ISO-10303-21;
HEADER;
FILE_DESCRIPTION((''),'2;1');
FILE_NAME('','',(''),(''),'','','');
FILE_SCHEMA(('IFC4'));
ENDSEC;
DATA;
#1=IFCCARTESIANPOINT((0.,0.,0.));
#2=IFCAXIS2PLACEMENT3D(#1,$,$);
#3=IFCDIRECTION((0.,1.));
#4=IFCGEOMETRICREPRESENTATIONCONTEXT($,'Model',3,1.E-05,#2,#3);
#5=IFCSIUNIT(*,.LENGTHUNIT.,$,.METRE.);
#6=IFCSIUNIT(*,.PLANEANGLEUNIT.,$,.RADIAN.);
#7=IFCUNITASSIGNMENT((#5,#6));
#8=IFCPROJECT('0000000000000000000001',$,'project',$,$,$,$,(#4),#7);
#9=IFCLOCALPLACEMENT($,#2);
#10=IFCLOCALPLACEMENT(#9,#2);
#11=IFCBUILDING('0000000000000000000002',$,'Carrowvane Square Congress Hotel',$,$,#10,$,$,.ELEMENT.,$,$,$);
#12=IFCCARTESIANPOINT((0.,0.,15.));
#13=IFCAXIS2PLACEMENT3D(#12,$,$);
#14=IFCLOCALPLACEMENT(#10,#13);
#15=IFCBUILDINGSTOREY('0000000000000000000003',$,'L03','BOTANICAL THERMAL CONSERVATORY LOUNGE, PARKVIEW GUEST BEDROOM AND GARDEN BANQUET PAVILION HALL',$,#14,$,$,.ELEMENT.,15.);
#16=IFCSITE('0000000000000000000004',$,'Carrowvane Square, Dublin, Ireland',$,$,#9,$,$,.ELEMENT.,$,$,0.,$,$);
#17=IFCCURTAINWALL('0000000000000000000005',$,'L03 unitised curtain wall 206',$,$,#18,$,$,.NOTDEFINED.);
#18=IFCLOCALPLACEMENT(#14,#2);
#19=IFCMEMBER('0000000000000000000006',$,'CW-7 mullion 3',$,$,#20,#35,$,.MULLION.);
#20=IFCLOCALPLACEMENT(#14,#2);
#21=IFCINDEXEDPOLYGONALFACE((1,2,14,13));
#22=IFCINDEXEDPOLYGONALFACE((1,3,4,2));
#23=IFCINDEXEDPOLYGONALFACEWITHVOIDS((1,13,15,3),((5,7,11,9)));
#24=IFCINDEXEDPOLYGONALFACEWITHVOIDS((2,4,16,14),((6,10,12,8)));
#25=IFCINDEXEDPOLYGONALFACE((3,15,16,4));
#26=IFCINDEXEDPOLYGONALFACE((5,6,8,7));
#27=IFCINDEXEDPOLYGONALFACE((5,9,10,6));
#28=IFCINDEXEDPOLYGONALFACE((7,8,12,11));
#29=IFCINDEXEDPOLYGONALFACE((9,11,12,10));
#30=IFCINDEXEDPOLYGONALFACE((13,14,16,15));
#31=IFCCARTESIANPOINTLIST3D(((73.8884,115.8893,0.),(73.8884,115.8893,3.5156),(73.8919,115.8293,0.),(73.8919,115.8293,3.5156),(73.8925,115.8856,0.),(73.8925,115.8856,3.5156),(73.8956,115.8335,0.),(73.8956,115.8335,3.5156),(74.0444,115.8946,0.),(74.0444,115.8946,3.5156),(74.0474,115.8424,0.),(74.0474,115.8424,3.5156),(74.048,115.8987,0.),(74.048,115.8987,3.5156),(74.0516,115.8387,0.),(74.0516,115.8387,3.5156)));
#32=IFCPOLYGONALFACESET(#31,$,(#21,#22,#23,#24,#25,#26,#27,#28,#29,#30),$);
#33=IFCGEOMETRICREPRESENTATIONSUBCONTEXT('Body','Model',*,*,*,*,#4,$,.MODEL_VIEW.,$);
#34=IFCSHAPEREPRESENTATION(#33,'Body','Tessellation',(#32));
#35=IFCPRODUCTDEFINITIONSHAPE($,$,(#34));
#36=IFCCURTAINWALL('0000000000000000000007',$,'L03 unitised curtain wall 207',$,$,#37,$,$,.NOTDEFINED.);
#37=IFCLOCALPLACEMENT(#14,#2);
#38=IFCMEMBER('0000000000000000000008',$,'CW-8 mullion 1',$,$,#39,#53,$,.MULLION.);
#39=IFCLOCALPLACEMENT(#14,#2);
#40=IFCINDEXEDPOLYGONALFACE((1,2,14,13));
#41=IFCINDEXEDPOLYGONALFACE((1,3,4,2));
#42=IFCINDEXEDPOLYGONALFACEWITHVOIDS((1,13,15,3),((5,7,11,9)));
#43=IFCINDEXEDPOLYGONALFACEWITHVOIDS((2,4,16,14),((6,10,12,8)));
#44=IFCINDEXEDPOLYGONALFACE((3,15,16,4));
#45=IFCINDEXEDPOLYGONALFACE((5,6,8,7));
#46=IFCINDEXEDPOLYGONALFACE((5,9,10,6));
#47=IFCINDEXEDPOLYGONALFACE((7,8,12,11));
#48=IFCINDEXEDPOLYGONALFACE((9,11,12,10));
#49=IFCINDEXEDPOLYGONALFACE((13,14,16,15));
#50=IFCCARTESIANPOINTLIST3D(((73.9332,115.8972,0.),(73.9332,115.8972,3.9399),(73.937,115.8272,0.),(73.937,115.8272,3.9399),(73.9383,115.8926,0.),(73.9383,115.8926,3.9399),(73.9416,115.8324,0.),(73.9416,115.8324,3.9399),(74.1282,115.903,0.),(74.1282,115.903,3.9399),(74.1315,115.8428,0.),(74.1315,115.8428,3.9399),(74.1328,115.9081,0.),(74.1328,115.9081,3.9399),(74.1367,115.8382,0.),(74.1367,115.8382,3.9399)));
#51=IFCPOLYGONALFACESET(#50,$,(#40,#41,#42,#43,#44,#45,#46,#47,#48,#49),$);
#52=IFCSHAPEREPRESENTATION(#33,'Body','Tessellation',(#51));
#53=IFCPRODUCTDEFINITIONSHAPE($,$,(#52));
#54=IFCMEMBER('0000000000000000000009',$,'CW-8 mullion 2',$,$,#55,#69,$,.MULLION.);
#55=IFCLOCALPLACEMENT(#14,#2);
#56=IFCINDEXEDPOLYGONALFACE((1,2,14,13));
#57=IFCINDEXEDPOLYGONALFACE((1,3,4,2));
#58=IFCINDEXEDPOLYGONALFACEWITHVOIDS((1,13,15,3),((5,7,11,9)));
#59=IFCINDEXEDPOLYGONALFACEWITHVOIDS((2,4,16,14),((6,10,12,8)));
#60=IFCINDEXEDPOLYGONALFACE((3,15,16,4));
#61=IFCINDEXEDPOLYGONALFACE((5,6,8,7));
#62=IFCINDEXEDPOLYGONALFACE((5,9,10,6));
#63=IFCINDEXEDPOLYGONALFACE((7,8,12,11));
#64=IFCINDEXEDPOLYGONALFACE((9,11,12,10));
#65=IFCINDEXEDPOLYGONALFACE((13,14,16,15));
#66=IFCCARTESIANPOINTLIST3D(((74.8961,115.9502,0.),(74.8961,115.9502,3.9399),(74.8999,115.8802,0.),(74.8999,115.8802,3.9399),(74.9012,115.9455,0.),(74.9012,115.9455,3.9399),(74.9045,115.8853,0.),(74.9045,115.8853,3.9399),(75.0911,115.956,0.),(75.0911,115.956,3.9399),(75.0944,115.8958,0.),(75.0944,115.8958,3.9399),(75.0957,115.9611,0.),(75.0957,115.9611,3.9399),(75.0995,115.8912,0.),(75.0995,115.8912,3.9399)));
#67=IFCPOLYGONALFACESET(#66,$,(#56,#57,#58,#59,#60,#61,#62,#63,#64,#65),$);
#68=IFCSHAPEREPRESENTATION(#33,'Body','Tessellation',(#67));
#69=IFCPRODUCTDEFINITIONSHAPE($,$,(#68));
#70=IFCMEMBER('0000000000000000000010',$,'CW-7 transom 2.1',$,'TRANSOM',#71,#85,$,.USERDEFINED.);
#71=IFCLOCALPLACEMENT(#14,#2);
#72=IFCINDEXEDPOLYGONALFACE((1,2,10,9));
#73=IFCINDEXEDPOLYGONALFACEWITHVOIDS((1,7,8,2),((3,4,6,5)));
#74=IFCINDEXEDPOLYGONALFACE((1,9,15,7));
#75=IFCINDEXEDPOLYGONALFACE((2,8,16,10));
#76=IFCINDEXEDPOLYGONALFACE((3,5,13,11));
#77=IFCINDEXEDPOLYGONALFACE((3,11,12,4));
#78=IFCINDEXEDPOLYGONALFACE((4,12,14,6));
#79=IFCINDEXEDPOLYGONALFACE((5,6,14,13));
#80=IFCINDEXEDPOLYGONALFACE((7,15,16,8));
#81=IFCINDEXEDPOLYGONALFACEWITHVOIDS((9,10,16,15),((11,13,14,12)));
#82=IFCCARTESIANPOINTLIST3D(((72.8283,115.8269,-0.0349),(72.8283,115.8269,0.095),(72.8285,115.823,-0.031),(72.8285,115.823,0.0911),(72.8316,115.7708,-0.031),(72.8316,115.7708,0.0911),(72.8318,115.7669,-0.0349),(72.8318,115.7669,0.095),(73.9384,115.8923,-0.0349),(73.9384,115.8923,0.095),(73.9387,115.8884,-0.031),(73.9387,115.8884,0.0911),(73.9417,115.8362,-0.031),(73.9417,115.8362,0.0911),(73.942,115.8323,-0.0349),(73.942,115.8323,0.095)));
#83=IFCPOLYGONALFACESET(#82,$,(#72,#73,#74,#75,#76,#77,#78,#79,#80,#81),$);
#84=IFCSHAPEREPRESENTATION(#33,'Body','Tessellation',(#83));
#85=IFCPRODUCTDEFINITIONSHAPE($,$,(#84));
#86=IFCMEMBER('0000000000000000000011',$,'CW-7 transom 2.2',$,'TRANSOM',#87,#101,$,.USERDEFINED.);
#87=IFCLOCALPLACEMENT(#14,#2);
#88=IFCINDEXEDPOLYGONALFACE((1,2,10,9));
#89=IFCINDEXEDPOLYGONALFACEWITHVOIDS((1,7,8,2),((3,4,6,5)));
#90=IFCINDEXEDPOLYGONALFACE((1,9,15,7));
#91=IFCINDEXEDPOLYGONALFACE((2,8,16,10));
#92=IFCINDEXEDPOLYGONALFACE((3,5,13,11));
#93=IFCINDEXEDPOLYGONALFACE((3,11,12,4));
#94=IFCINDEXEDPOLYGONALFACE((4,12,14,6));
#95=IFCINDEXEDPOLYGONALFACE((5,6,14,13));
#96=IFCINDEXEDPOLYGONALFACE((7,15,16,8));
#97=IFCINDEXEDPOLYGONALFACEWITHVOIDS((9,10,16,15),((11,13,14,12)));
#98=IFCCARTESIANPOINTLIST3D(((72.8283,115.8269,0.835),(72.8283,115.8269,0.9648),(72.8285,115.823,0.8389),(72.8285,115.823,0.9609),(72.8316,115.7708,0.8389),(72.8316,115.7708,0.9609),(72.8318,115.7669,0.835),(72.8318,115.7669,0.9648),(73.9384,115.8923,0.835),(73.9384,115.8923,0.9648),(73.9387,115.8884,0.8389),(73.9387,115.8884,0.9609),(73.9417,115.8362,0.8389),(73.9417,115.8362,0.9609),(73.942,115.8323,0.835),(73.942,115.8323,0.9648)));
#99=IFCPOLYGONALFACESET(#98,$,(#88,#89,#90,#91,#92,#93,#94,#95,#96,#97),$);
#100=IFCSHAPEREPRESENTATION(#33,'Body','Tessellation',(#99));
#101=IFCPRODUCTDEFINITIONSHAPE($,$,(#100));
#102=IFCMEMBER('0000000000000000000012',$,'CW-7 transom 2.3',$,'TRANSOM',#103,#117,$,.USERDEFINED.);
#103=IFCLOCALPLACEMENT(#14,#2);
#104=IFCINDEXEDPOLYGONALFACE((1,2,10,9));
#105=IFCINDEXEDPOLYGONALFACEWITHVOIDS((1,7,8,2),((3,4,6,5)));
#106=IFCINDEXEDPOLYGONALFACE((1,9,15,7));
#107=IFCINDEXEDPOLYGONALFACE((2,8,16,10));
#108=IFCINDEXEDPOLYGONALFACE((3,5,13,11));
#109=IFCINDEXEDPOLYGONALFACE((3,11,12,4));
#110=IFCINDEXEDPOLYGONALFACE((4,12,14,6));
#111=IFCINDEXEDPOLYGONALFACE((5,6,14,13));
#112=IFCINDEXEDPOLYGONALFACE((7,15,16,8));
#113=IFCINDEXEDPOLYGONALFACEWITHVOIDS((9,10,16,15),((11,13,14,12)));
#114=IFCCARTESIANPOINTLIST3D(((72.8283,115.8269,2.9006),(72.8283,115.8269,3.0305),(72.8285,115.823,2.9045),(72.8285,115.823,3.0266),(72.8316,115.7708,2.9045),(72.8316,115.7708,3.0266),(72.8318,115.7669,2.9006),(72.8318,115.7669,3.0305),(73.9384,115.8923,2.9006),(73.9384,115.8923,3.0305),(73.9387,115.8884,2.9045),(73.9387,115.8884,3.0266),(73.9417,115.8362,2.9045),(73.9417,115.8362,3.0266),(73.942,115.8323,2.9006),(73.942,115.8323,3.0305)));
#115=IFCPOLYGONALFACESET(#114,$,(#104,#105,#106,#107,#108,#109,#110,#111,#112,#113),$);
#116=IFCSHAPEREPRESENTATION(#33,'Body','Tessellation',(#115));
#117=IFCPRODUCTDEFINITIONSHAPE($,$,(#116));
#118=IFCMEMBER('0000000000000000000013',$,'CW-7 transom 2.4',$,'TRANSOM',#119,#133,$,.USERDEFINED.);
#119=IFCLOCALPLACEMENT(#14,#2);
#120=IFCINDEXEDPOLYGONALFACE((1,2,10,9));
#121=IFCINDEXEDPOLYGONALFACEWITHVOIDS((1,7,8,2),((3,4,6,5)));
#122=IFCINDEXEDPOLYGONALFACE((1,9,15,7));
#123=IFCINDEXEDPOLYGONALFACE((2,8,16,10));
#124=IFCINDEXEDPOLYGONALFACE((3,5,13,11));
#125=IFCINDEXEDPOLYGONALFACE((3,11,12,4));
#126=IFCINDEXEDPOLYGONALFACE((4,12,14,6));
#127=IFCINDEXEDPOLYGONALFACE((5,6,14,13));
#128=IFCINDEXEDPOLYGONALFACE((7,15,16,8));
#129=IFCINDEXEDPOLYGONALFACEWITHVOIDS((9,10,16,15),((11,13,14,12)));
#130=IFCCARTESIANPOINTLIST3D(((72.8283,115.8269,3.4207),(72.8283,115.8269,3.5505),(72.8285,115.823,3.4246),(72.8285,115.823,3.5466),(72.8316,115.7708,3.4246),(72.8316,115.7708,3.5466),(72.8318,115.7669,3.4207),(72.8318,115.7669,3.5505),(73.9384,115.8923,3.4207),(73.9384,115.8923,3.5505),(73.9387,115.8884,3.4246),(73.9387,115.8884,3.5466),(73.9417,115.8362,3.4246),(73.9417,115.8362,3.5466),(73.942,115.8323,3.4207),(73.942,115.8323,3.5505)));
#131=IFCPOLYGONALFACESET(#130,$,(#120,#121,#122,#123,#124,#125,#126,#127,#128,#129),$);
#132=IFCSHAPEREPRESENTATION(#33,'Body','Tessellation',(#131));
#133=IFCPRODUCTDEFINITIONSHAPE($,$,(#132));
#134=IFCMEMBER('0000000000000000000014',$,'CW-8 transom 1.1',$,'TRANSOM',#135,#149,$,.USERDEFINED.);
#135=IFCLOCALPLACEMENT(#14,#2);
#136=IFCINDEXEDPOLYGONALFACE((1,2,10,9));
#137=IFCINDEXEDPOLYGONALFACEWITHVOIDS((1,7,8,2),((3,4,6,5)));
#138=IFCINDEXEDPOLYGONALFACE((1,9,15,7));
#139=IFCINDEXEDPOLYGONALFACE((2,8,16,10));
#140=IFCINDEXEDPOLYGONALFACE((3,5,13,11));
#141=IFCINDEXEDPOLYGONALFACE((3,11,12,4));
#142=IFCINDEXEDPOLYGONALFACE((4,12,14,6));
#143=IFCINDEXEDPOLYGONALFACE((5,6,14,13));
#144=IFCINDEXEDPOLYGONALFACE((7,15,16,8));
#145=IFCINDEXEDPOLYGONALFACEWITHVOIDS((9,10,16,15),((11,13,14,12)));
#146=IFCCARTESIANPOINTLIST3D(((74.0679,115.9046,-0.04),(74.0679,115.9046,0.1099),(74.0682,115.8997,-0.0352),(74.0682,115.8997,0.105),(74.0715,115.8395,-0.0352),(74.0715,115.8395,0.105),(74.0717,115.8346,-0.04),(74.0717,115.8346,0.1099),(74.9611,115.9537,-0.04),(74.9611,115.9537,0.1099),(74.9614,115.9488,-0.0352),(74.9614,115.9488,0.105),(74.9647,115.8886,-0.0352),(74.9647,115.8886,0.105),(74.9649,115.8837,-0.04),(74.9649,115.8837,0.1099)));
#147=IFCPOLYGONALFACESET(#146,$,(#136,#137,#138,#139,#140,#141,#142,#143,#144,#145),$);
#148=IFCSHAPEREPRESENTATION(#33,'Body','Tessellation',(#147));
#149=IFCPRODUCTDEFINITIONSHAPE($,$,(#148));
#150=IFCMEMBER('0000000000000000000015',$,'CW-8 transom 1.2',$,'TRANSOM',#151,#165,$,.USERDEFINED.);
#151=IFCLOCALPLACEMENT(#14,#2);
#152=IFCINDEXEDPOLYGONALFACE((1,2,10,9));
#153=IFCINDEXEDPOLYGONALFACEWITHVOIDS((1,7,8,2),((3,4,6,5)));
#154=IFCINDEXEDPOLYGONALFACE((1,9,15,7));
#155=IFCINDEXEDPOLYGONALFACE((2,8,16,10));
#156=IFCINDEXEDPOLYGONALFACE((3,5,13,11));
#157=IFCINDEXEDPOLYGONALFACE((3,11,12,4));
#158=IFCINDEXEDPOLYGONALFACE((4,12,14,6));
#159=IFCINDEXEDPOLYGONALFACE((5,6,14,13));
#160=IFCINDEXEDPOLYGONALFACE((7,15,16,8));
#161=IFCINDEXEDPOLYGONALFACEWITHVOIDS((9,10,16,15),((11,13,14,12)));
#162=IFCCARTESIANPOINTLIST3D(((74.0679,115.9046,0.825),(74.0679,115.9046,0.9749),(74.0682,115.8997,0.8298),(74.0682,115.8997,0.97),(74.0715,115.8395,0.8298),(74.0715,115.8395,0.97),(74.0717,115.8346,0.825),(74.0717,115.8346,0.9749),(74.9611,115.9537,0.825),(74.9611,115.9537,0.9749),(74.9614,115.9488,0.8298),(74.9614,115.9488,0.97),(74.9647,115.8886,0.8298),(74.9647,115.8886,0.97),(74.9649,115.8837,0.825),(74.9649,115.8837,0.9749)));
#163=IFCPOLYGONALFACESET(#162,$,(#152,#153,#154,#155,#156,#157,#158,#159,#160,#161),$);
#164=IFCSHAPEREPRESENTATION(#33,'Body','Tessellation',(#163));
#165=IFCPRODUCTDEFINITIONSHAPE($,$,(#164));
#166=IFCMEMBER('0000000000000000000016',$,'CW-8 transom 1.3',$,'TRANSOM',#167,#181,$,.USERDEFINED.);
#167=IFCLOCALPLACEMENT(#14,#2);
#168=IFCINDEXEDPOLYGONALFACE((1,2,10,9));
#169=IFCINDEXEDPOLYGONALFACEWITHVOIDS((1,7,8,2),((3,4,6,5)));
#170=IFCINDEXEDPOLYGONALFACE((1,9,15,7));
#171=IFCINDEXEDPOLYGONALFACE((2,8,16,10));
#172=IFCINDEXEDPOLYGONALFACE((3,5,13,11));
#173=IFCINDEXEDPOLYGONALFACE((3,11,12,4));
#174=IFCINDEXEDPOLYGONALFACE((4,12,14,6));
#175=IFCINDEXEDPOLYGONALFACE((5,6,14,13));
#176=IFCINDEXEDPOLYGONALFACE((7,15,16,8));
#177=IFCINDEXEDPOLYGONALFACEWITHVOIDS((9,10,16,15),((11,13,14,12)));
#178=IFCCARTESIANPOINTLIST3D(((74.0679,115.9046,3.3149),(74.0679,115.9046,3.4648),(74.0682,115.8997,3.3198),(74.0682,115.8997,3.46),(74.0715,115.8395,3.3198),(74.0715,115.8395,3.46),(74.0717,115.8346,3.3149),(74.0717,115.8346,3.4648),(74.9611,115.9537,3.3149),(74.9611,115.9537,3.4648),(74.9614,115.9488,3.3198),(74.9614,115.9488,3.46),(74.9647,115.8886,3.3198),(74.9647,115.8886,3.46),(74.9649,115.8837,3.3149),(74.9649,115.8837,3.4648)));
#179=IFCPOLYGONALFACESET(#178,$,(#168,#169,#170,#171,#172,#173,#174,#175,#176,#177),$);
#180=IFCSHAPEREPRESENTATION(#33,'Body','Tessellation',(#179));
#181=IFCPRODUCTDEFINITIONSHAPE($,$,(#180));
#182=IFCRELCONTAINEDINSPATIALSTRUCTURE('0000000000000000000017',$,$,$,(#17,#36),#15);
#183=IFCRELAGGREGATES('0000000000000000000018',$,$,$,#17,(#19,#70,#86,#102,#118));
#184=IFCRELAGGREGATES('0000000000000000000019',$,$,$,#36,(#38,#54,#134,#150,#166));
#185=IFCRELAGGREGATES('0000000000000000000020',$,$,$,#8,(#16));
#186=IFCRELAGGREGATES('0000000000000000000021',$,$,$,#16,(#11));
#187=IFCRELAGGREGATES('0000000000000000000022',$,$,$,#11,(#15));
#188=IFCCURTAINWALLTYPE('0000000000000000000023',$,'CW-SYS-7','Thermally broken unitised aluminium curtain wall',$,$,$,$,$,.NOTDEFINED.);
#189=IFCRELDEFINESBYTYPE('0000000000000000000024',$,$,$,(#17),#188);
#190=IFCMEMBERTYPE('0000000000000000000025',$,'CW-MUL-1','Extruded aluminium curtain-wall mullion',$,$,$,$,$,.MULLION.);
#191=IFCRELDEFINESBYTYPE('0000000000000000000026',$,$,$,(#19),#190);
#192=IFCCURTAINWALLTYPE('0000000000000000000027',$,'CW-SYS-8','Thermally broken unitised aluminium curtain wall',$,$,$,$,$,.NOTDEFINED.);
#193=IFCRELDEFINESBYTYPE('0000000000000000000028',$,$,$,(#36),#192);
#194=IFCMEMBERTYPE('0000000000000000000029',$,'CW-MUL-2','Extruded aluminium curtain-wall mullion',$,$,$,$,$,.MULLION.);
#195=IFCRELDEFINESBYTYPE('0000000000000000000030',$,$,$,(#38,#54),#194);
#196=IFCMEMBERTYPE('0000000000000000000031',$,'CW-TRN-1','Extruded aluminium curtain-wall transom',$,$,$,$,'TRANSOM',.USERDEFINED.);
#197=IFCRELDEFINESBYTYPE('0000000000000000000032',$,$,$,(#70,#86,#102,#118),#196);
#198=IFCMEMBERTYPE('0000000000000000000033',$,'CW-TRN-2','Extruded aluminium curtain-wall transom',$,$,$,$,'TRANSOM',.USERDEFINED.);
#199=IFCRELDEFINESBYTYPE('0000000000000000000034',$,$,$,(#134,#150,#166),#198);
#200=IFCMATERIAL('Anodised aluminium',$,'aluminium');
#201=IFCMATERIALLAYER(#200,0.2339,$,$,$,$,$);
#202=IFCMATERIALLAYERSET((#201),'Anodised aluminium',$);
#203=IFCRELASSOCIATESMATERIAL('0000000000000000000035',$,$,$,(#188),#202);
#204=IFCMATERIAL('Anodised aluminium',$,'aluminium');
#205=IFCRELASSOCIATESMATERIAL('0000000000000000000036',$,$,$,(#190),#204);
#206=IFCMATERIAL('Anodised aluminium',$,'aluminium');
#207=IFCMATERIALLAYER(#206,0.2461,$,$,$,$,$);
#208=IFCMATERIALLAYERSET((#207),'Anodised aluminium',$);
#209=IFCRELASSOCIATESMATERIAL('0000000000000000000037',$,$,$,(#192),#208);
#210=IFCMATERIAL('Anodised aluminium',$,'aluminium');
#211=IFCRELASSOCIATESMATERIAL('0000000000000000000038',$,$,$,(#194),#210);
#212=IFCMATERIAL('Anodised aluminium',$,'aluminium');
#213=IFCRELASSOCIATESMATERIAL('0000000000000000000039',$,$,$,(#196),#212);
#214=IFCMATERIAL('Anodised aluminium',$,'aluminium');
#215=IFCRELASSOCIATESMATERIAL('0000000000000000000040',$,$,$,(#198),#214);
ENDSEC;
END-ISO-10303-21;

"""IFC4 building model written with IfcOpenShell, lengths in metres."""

from ifc_helpers import new_model, si_unit, direction, frame, origin, origin_2d, place, context, subcontext, project, spatial, hollow_rectangle, extrude, material, layer, layer_set, material_profile, profile_set, type_object, element, aggregate, save


model = new_model("IFC4")

# Units and contexts
model_context = context("Model", 3, precision=1e-05, world=origin(), true_north=direction((0.0, 1.0)))
body_context = subcontext(model_context, "Body", "Model", "MODEL_VIEW")
ifc_project = project(units=[si_unit("LENGTHUNIT", "METRE"), si_unit("PLANEANGLEUNIT", "RADIAN")], contexts=[model_context])

# Site, building, storey
site_placement = place(None, origin())
site = spatial("IfcSite", under=ifc_project, at=site_placement, Name="Carrowvane Square, Dublin, Ireland", CompositionType="ELEMENT", RefElevation=0.0)
building_placement = place(site_placement, origin())
building = spatial("IfcBuilding", under=site, at=building_placement, Name="Carrowvane Square Congress Hotel", CompositionType="ELEMENT")
storey_placement = place(building_placement, frame((0.0, 0.0, 15.0)))
storey = spatial("IfcBuildingStorey", under=building, at=storey_placement, Name="L03", Description="BOTANICAL THERMAL CONSERVATORY LOUNGE, PARKVIEW GUEST BEDROOM AND GARDEN BANQUET PAVILION HALL", CompositionType="ELEMENT", Elevation=15.0)

# Curtain wall, member
ifc_material_1 = material(Name="Anodised aluminium", Category="aluminium")
ifc_layer_1 = layer(ifc_material_1, 0.2339)
ifc_layer_set_1 = layer_set([ifc_layer_1], Name="Anodised aluminium")
curtain_wall_type_1 = type_object("IfcCurtainWallType", Name="CW-SYS-7", Description="Thermally broken unitised aluminium curtain wall", PredefinedType="NOTDEFINED", material=ifc_layer_set_1)
curtain_wall_1_placement = place(storey_placement, origin())
curtain_wall_1 = element("IfcCurtainWall", 1, at=curtain_wall_1_placement, inside=storey, type_object=curtain_wall_type_1, Name="L03 unitised curtain wall 206", PredefinedType="NOTDEFINED")
ifc_material_2 = material(Name="Anodised aluminium", Category="aluminium")
ifc_material_profile_1 = material_profile(ifc_material_2, hollow_rectangle(XDim=0.0601, YDim=0.1599, WallThickness=0.0039, at=origin_2d()), Name="CW-ML 60x160x4")
ifc_profile_set_1 = profile_set([ifc_material_profile_1], Name="Anodised aluminium")
member_type_1 = type_object("IfcMemberType", Name="CW-MUL-1", Description="Extruded aluminium curtain-wall mullion", PredefinedType="MULLION", material=ifc_profile_set_1)
member_1_placement = place(storey_placement, frame((73.97, 115.864, 0.0), z_axis=(0.0, 0.0, 1.0), x_axis=(-0.058851, 0.998267, 0.0)))
member_1 = element("IfcMember", 2, at=member_1_placement, type_object=member_type_1, Name="CW-7 mullion 3", PredefinedType="MULLION", context=body_context, shape_type="SweptSolid", body=[
    extrude(hollow_rectangle(XDim=0.0601, YDim=0.1599, WallThickness=0.0039, at=origin_2d()), origin(), (0.0, 0.0, 1.0), 3.5156),
])

# Curtain wall, members
ifc_material_3 = material(Name="Anodised aluminium", Category="aluminium")
ifc_layer_2 = layer(ifc_material_3, 0.2461)
ifc_layer_set_2 = layer_set([ifc_layer_2], Name="Anodised aluminium")
curtain_wall_type_2 = type_object("IfcCurtainWallType", Name="CW-SYS-8", Description="Thermally broken unitised aluminium curtain wall", PredefinedType="NOTDEFINED", material=ifc_layer_set_2)
curtain_wall_2_placement = place(storey_placement, origin())
curtain_wall_2 = element("IfcCurtainWall", 3, at=curtain_wall_2_placement, inside=storey, type_object=curtain_wall_type_2, Name="L03 unitised curtain wall 207", PredefinedType="NOTDEFINED")
ifc_material_4 = material(Name="Anodised aluminium", Category="aluminium")
ifc_material_profile_2 = material_profile(ifc_material_4, hollow_rectangle(XDim=0.0701, YDim=0.2, WallThickness=0.0049, at=origin_2d()), Name="CW-ML 70x200x5")
ifc_profile_set_2 = profile_set([ifc_material_profile_2], Name="Anodised aluminium")
member_type_2 = type_object("IfcMemberType", Name="CW-MUL-2", Description="Extruded aluminium curtain-wall mullion", PredefinedType="MULLION", material=ifc_profile_set_2)
member_2_placement = place(storey_placement, frame((74.0349, 115.8677, 0.0), z_axis=(0.0, 0.0, 1.0), x_axis=(-0.054816, 0.998496, 0.0)))
member_2 = element("IfcMember", 4, at=member_2_placement, type_object=member_type_2, Name="CW-8 mullion 1", PredefinedType="MULLION", context=body_context, shape_type="SweptSolid", body=[
    extrude(hollow_rectangle(XDim=0.0701, YDim=0.2, WallThickness=0.0049, at=origin_2d()), origin(), (0.0, 0.0, 1.0), 3.9399),
])
member_3_placement = place(storey_placement, frame((74.9978, 115.9207, 0.0), z_axis=(0.0, 0.0, 1.0), x_axis=(-0.054816, 0.998496, 0.0)))
member_3 = element("IfcMember", 5, at=member_3_placement, type_object=member_type_2, Name="CW-8 mullion 2", PredefinedType="MULLION", context=body_context, shape_type="SweptSolid", body=[
    extrude(hollow_rectangle(XDim=0.0701, YDim=0.2, WallThickness=0.0049, at=origin_2d()), origin(), (0.0, 0.0, 1.0), 3.9399),
])

# Members
ifc_material_5 = material(Name="Anodised aluminium", Category="aluminium")
ifc_material_profile_3 = material_profile(ifc_material_5, hollow_rectangle(XDim=0.0601, YDim=0.1299, WallThickness=0.0039, at=origin_2d()), Name="CW-TR 60x130x4")
ifc_profile_set_3 = profile_set([ifc_material_profile_3], Name="Anodised aluminium")
member_type_3 = type_object("IfcMemberType", Name="CW-TRN-1", Description="Extruded aluminium curtain-wall transom", ElementType="TRANSOM", PredefinedType="USERDEFINED", material=ifc_profile_set_3)
member_4_placement = place(storey_placement, frame((72.8301, 115.7969, 0.03), z_axis=(0.998268, 0.058838, 0.0), x_axis=(-0.058838, 0.998268, 0.0)))
member_4 = element("IfcMember", 6, at=member_4_placement, type_object=member_type_3, Name="CW-7 transom 2.1", ObjectType="TRANSOM", PredefinedType="USERDEFINED", context=body_context, shape_type="SweptSolid", body=[
    extrude(hollow_rectangle(XDim=0.0601, YDim=0.1299, WallThickness=0.0039, at=origin_2d()), origin(), (0.0, 0.0, 1.0), 1.1121),
])
member_5_placement = place(storey_placement, frame((72.8301, 115.7969, 0.8999), z_axis=(0.998268, 0.058838, 0.0), x_axis=(-0.058838, 0.998268, 0.0)))
member_5 = element("IfcMember", 7, at=member_5_placement, type_object=member_type_3, Name="CW-7 transom 2.2", ObjectType="TRANSOM", PredefinedType="USERDEFINED", context=body_context, shape_type="SweptSolid", body=[
    extrude(hollow_rectangle(XDim=0.0601, YDim=0.1299, WallThickness=0.0039, at=origin_2d()), origin(), (0.0, 0.0, 1.0), 1.1121),
])
member_6_placement = place(storey_placement, frame((72.8301, 115.7969, 2.9656), z_axis=(0.998268, 0.058838, 0.0), x_axis=(-0.058838, 0.998268, 0.0)))
member_6 = element("IfcMember", 8, at=member_6_placement, type_object=member_type_3, Name="CW-7 transom 2.3", ObjectType="TRANSOM", PredefinedType="USERDEFINED", context=body_context, shape_type="SweptSolid", body=[
    extrude(hollow_rectangle(XDim=0.0601, YDim=0.1299, WallThickness=0.0039, at=origin_2d()), origin(), (0.0, 0.0, 1.0), 1.1121),
])
member_7_placement = place(storey_placement, frame((72.8301, 115.7969, 3.4856), z_axis=(0.998268, 0.058838, 0.0), x_axis=(-0.058838, 0.998268, 0.0)))
member_7 = element("IfcMember", 9, at=member_7_placement, type_object=member_type_3, Name="CW-7 transom 2.4", ObjectType="TRANSOM", PredefinedType="USERDEFINED", context=body_context, shape_type="SweptSolid", body=[
    extrude(hollow_rectangle(XDim=0.0601, YDim=0.1299, WallThickness=0.0039, at=origin_2d()), origin(), (0.0, 0.0, 1.0), 1.1121),
])
ifc_material_6 = material(Name="Anodised aluminium", Category="aluminium")
ifc_material_profile_4 = material_profile(ifc_material_6, hollow_rectangle(XDim=0.0701, YDim=0.1499, WallThickness=0.0049, at=origin_2d()), Name="CW-TR 70x150x5")
ifc_profile_set_4 = profile_set([ifc_material_profile_4], Name="Anodised aluminium")
member_type_4 = type_object("IfcMemberType", Name="CW-TRN-2", Description="Extruded aluminium curtain-wall transom", ElementType="TRANSOM", PredefinedType="USERDEFINED", material=ifc_profile_set_4)
member_8_placement = place(storey_placement, frame((74.0698, 115.8696, 0.0349), z_axis=(0.998494, 0.054865, 0.0), x_axis=(-0.054865, 0.998494, 0.0)))
member_8 = element("IfcMember", 10, at=member_8_placement, type_object=member_type_4, Name="CW-8 transom 1.1", ObjectType="TRANSOM", PredefinedType="USERDEFINED", context=body_context, shape_type="SweptSolid", body=[
    extrude(hollow_rectangle(XDim=0.0701, YDim=0.1499, WallThickness=0.0049, at=origin_2d()), origin(), (0.0, 0.0, 1.0), 0.8945),
])
member_9_placement = place(storey_placement, frame((74.0698, 115.8696, 0.8999), z_axis=(0.998494, 0.054865, 0.0), x_axis=(-0.054865, 0.998494, 0.0)))
member_9 = element("IfcMember", 11, at=member_9_placement, type_object=member_type_4, Name="CW-8 transom 1.2", ObjectType="TRANSOM", PredefinedType="USERDEFINED", context=body_context, shape_type="SweptSolid", body=[
    extrude(hollow_rectangle(XDim=0.0701, YDim=0.1499, WallThickness=0.0049, at=origin_2d()), origin(), (0.0, 0.0, 1.0), 0.8945),
])
member_10_placement = place(storey_placement, frame((74.0698, 115.8696, 3.3899), z_axis=(0.998494, 0.054865, 0.0), x_axis=(-0.054865, 0.998494, 0.0)))
member_10 = element("IfcMember", 12, at=member_10_placement, type_object=member_type_4, Name="CW-8 transom 1.3", ObjectType="TRANSOM", PredefinedType="USERDEFINED", context=body_context, shape_type="SweptSolid", body=[
    extrude(hollow_rectangle(XDim=0.0701, YDim=0.1499, WallThickness=0.0049, at=origin_2d()), origin(), (0.0, 0.0, 1.0), 0.8945),
])

aggregate(curtain_wall_1, [member_1, member_4, member_5, member_6, member_7])
aggregate(curtain_wall_2, [member_2, member_3, member_8, member_9, member_10])

save(model, "model.ifc")
